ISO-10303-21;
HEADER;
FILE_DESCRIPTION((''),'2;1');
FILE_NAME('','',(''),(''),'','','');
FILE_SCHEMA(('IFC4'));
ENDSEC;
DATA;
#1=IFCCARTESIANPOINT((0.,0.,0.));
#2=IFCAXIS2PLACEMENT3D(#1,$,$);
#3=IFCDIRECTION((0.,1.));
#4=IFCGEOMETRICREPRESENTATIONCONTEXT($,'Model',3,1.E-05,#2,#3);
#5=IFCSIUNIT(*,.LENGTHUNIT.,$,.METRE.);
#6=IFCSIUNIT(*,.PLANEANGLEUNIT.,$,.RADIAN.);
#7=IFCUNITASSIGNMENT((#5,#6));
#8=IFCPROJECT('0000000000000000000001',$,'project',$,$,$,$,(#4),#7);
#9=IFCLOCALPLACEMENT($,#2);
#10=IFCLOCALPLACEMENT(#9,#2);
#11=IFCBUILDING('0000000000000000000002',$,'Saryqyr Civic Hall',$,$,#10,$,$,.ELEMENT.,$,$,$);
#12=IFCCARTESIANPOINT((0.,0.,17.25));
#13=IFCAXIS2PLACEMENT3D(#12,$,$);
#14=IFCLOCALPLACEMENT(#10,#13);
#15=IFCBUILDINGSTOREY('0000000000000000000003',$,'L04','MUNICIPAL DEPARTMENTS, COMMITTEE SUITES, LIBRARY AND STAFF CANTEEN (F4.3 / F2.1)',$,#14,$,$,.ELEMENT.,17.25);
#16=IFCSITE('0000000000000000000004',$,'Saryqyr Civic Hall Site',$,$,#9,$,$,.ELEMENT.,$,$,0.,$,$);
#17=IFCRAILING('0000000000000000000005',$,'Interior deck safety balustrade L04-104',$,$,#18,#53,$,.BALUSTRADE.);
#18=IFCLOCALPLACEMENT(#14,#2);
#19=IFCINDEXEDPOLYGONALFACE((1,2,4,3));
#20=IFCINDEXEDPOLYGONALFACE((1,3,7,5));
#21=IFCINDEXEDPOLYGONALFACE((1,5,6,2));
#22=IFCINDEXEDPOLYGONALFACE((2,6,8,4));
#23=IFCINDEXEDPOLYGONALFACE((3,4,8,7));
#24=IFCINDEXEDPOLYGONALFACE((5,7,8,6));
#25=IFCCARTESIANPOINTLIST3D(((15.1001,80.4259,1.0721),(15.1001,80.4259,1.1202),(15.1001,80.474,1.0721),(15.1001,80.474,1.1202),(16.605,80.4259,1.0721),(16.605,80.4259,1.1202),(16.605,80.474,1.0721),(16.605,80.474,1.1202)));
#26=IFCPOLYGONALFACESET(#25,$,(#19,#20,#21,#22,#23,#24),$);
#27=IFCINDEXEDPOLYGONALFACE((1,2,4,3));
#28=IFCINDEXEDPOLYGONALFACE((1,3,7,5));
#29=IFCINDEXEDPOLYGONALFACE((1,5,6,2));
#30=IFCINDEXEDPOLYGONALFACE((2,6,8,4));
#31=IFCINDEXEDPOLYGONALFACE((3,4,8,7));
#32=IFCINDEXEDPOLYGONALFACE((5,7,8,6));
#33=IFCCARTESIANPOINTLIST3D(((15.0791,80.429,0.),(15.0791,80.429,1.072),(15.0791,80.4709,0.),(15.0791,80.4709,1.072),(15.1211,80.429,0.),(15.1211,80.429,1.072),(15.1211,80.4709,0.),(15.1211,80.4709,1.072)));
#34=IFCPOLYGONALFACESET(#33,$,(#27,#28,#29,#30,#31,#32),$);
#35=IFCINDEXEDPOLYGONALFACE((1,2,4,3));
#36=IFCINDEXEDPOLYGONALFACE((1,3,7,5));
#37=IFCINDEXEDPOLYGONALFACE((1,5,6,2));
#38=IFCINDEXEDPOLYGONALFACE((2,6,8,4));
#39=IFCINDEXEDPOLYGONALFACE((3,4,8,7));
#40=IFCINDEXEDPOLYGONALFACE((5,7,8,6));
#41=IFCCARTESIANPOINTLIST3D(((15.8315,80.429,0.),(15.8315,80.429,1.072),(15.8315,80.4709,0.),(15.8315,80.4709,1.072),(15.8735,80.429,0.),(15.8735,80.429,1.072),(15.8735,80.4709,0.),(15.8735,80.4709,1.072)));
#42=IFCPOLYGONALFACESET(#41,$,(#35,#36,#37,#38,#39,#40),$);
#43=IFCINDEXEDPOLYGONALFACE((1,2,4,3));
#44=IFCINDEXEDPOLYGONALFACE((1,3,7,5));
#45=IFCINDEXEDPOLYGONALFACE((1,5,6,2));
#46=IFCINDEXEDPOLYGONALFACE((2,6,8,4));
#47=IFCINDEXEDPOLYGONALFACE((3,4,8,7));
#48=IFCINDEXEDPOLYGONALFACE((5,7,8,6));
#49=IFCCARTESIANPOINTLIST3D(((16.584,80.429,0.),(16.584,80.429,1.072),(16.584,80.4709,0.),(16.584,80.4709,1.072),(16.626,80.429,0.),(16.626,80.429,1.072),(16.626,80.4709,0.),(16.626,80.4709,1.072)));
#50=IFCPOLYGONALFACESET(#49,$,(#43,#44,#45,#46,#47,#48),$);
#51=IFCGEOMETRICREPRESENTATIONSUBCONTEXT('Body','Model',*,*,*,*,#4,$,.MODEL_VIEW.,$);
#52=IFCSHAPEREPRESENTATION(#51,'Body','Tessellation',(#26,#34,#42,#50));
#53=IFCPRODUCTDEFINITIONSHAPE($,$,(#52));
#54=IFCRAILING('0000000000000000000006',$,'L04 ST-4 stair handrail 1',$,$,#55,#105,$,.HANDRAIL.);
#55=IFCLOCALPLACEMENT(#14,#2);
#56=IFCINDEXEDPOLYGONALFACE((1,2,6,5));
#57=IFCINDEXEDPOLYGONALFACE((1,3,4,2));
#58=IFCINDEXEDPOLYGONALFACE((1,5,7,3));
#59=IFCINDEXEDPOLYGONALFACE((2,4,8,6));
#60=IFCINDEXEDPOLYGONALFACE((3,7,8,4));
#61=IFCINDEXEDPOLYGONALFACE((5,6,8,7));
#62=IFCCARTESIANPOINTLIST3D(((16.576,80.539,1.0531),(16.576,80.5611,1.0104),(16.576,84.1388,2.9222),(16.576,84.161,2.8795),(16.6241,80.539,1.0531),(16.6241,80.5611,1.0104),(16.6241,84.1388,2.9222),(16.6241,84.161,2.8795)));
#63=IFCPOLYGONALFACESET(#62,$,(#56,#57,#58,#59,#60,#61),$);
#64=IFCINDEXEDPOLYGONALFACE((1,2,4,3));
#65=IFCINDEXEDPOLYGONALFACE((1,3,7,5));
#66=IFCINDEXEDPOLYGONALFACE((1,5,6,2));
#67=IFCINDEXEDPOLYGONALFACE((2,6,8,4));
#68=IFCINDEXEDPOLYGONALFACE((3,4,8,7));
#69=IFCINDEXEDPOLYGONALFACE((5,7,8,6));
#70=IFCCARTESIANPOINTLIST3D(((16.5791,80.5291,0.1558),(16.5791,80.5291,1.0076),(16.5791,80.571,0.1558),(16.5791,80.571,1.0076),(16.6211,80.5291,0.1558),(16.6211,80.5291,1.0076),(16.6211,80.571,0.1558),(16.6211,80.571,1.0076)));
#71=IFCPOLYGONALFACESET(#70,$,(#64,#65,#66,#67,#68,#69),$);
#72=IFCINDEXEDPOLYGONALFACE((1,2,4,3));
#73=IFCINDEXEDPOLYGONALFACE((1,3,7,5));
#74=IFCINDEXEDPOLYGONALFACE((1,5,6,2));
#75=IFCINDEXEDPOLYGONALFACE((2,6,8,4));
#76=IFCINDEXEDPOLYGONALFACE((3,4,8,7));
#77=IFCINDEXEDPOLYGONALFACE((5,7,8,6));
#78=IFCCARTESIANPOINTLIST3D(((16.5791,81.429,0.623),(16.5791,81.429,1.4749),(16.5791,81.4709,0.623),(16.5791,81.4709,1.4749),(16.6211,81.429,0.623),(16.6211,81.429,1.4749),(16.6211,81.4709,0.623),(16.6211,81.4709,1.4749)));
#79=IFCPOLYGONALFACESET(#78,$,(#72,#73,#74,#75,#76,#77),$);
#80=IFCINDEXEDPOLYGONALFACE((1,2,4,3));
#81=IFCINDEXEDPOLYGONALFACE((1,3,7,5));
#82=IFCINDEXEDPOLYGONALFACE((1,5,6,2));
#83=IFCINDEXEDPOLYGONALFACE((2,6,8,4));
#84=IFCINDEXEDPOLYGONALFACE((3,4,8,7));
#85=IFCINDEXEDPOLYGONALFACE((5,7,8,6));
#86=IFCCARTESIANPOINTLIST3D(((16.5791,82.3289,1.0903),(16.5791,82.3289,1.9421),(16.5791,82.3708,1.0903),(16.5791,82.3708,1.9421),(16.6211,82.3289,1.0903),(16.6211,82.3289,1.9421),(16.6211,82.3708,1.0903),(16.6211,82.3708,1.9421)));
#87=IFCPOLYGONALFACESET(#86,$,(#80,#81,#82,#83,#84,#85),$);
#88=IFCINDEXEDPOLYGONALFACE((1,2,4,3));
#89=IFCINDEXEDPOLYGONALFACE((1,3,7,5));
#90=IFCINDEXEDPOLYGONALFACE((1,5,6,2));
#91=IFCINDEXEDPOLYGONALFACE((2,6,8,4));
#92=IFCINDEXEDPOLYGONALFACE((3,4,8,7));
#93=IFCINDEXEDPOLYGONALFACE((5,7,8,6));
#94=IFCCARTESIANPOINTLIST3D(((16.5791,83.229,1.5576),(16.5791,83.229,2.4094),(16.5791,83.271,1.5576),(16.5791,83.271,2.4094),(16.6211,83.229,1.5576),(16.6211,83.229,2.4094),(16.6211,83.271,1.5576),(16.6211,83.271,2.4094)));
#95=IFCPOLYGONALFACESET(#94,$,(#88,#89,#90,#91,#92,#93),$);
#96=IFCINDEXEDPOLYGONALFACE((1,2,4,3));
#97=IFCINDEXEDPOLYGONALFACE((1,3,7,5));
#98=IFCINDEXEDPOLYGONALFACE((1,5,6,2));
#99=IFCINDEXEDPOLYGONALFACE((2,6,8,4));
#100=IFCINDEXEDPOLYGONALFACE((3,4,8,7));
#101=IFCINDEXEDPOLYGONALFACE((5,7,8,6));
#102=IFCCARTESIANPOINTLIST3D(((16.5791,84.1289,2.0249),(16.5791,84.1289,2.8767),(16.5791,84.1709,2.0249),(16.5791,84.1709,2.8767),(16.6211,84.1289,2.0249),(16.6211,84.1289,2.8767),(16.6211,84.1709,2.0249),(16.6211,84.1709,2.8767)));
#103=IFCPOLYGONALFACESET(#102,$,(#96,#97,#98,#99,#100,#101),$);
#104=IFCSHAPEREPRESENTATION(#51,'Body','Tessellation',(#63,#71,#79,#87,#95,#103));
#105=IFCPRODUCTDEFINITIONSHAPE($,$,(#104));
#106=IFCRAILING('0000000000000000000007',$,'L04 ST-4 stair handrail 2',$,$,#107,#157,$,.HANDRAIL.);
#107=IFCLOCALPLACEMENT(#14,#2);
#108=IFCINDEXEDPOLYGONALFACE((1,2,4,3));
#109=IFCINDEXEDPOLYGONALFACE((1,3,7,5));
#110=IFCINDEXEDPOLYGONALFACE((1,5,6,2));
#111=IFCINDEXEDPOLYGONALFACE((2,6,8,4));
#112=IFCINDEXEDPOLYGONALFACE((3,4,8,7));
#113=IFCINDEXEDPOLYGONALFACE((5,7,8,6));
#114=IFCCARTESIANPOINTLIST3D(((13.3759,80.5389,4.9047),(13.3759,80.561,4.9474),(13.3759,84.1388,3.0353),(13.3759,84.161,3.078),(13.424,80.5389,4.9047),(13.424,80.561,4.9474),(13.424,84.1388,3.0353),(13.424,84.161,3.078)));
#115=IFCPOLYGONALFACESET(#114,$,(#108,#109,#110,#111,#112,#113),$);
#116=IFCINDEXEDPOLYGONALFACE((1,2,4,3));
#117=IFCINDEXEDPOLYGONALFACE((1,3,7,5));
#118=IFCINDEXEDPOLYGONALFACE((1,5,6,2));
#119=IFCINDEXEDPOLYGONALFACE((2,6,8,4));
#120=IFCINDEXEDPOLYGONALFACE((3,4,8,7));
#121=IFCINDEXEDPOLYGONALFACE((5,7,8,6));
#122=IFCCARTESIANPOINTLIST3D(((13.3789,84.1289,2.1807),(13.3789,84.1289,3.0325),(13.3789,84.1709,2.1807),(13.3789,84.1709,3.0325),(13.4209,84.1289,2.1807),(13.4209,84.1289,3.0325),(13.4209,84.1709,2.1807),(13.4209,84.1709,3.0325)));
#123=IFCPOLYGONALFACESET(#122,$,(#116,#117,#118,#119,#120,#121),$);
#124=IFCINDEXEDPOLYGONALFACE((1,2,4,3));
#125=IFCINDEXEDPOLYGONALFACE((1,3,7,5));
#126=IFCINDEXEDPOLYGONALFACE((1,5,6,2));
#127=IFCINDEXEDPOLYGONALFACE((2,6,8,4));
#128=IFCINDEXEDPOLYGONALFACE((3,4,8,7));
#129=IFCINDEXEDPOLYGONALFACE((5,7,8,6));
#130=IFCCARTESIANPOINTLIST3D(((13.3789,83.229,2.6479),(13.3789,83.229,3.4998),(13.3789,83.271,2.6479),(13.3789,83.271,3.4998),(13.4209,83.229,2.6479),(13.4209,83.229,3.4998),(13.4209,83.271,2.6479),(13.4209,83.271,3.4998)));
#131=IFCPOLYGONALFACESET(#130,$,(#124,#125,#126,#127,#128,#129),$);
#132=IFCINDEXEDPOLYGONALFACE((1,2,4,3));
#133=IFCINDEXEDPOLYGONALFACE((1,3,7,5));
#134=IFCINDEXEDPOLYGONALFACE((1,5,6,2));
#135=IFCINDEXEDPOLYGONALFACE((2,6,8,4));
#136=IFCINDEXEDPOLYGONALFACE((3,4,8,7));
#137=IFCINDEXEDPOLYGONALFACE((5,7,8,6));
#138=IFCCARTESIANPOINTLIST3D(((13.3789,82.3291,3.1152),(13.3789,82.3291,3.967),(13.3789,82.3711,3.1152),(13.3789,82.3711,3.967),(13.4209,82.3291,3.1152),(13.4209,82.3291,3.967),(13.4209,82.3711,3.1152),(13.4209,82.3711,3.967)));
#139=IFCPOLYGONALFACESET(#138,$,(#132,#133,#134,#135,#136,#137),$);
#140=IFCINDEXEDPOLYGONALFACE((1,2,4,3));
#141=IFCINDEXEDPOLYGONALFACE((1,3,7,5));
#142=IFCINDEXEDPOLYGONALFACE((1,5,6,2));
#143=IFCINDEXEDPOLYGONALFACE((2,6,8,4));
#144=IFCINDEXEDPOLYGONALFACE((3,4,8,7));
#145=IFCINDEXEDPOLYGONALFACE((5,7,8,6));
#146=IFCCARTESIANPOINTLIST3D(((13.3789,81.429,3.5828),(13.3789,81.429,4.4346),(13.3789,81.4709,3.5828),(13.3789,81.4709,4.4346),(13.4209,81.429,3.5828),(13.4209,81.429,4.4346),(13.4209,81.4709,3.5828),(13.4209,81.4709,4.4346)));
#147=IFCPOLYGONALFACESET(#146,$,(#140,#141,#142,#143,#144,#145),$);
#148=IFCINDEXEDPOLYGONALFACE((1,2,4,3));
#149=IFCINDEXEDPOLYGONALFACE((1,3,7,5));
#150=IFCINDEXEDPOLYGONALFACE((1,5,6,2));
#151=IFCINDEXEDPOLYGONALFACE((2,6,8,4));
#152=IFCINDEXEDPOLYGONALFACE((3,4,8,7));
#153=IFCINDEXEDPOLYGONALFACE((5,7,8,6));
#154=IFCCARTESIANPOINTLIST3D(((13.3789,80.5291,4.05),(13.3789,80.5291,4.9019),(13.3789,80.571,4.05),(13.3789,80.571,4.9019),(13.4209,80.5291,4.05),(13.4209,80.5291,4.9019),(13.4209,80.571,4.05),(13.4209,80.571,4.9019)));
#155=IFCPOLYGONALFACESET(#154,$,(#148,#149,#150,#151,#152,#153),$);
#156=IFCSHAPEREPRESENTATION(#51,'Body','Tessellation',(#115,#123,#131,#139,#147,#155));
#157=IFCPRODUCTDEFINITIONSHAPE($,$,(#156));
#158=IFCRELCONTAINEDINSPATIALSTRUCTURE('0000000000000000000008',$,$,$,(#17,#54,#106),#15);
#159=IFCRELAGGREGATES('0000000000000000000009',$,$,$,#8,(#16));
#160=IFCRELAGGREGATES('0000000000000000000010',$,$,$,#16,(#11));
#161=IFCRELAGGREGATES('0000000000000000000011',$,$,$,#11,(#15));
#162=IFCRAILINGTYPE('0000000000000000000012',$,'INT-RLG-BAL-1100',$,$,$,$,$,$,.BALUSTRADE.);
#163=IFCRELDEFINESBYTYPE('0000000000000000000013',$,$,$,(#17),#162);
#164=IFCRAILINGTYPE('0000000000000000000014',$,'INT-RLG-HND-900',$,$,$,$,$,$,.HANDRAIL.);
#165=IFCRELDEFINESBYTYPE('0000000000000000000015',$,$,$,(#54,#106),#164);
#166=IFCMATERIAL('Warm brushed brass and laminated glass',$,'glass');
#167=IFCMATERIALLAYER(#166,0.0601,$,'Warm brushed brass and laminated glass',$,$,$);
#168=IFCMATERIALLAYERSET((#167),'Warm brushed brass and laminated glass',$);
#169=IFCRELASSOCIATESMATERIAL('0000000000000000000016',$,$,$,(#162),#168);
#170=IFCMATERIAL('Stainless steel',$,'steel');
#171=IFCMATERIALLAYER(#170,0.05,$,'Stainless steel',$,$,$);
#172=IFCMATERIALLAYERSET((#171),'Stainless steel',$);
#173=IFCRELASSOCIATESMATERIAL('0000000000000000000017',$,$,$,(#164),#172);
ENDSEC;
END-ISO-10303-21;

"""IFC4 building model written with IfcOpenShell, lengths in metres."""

from ifc_helpers import new_model, si_unit, direction, frame, origin, origin_2d, place, context, subcontext, project, spatial, rectangle, extrude, material, layer, layer_set, type_object, element, save


model = new_model("IFC4")

# Units and contexts
model_context = context("Model", 3, precision=1e-05, world=origin(), true_north=direction((0.0, 1.0)))
body_context = subcontext(model_context, "Body", "Model", "MODEL_VIEW")
ifc_project = project(units=[si_unit("LENGTHUNIT", "METRE"), si_unit("PLANEANGLEUNIT", "RADIAN")], contexts=[model_context])

# Site, building, storey
site_placement = place(None, origin())
site = spatial("IfcSite", under=ifc_project, at=site_placement, Name="Saryqyr Civic Hall Site", CompositionType="ELEMENT", RefElevation=0.0)
building_placement = place(site_placement, origin())
building = spatial("IfcBuilding", under=site, at=building_placement, Name="Saryqyr Civic Hall", CompositionType="ELEMENT")
storey_placement = place(building_placement, frame((0.0, 0.0, 17.25)))
storey = spatial("IfcBuildingStorey", under=building, at=storey_placement, Name="L04", Description="MUNICIPAL DEPARTMENTS, COMMITTEE SUITES, LIBRARY AND STAFF CANTEEN (F4.3 / F2.1)", CompositionType="ELEMENT", Elevation=17.25)

# Railings
ifc_material_1 = material(Name="Warm brushed brass and laminated glass", Category="glass")
ifc_layer_1 = layer(ifc_material_1, 0.0601, Name="Warm brushed brass and laminated glass")
ifc_layer_set_1 = layer_set([ifc_layer_1], Name="Warm brushed brass and laminated glass")
railing_type_1 = type_object("IfcRailingType", Name="INT-RLG-BAL-1100", PredefinedType="BALUSTRADE", material=ifc_layer_set_1)
for number, where, name in (
    (1, (15.1001, 80.45, 0.0), "Interior deck safety balustrade L04-104"),
):
    element("IfcRailing", number, at=place(storey_placement, frame(where)), inside=storey, type_object=railing_type_1, Name=name, PredefinedType="BALUSTRADE", context=body_context, shape_type="SweptSolid", body=[
        extrude(rectangle(XDim=0.0481, YDim=0.0481, at=origin_2d()), frame((0.0, 0.0, 1.0962), z_axis=(1.0, 0.0, 0.0), x_axis=(0.0, 1.0, 0.0)), (0.0, 0.0, 1.0), 1.5049),
        extrude(rectangle(XDim=0.042, YDim=0.042, at=origin_2d()), origin(), (0.0, 0.0, 1.0), 1.072),
        extrude(rectangle(XDim=0.042, YDim=0.042, at=origin_2d()), frame((0.7524, 0.0, 0.0)), (0.0, 0.0, 1.0), 1.072),
        extrude(rectangle(XDim=0.042, YDim=0.042, at=origin_2d()), frame((1.5049, 0.0, 0.0)), (0.0, 0.0, 1.0), 1.072),
    ])
ifc_material_2 = material(Name="Stainless steel", Category="steel")
ifc_layer_2 = layer(ifc_material_2, 0.05, Name="Stainless steel")
ifc_layer_set_2 = layer_set([ifc_layer_2], Name="Stainless steel")
railing_type_2 = type_object("IfcRailingType", Name="INT-RLG-HND-900", PredefinedType="HANDRAIL", material=ifc_layer_set_2)
railing_1_placement = place(storey_placement, frame((16.6001, 80.55, 0.1558)))
element("IfcRailing", 2, at=railing_1_placement, inside=storey, type_object=railing_type_2, Name="L04 ST-4 stair handrail 1", PredefinedType="HANDRAIL", context=body_context, shape_type="SweptSolid", body=[
    extrude(rectangle(XDim=0.0481, YDim=0.0481, at=origin_2d()), frame((0.0, 0.0, 0.876), z_axis=(0.0, 0.887497, 0.460813), x_axis=(-1.0, 0.0, 0.0)), (0.0, 0.0, 1.0), 4.0562),
    extrude(rectangle(XDim=0.042, YDim=0.042, at=origin_2d()), origin(), (0.0, 0.0, 1.0), 0.8518),
    extrude(rectangle(XDim=0.042, YDim=0.042, at=origin_2d()), frame((0.0, 0.8999, 0.4673)), (0.0, 0.0, 1.0), 0.8518),
    extrude(rectangle(XDim=0.042, YDim=0.042, at=origin_2d()), frame((0.0, 1.7998, 0.9346)), (0.0, 0.0, 1.0), 0.8518),
    extrude(rectangle(XDim=0.042, YDim=0.042, at=origin_2d()), frame((0.0, 2.7, 1.4019)), (0.0, 0.0, 1.0), 0.8518),
    extrude(rectangle(XDim=0.042, YDim=0.042, at=origin_2d()), frame((0.0, 3.5999, 1.8691)), (0.0, 0.0, 1.0), 0.8518),
])
railing_2_placement = place(storey_placement, frame((13.3999, 84.1499, 2.1807)))
element("IfcRailing", 3, at=railing_2_placement, inside=storey, type_object=railing_type_2, Name="L04 ST-4 stair handrail 2", PredefinedType="HANDRAIL", context=body_context, shape_type="SweptSolid", body=[
    extrude(rectangle(XDim=0.0481, YDim=0.0481, at=origin_2d()), frame((0.0, 0.0, 0.876), z_axis=(0.0, -0.887473, 0.46086), x_axis=(1.0, 0.0, 0.0)), (0.0, 0.0, 1.0), 4.0564),
    extrude(rectangle(XDim=0.042, YDim=0.042, at=origin_2d()), origin(), (0.0, 0.0, 1.0), 0.8518),
    extrude(rectangle(XDim=0.042, YDim=0.042, at=origin_2d()), frame((0.0, -0.8999, 0.4673)), (0.0, 0.0, 1.0), 0.8518),
    extrude(rectangle(XDim=0.042, YDim=0.042, at=origin_2d()), frame((0.0, -1.7998, 0.9346)), (0.0, 0.0, 1.0), 0.8518),
    extrude(rectangle(XDim=0.042, YDim=0.042, at=origin_2d()), frame((0.0, -2.7, 1.4021)), (0.0, 0.0, 1.0), 0.8518),
    extrude(rectangle(XDim=0.042, YDim=0.042, at=origin_2d()), frame((0.0, -3.5999, 1.8694)), (0.0, 0.0, 1.0), 0.8518),
])

save(model, "model.ifc")
